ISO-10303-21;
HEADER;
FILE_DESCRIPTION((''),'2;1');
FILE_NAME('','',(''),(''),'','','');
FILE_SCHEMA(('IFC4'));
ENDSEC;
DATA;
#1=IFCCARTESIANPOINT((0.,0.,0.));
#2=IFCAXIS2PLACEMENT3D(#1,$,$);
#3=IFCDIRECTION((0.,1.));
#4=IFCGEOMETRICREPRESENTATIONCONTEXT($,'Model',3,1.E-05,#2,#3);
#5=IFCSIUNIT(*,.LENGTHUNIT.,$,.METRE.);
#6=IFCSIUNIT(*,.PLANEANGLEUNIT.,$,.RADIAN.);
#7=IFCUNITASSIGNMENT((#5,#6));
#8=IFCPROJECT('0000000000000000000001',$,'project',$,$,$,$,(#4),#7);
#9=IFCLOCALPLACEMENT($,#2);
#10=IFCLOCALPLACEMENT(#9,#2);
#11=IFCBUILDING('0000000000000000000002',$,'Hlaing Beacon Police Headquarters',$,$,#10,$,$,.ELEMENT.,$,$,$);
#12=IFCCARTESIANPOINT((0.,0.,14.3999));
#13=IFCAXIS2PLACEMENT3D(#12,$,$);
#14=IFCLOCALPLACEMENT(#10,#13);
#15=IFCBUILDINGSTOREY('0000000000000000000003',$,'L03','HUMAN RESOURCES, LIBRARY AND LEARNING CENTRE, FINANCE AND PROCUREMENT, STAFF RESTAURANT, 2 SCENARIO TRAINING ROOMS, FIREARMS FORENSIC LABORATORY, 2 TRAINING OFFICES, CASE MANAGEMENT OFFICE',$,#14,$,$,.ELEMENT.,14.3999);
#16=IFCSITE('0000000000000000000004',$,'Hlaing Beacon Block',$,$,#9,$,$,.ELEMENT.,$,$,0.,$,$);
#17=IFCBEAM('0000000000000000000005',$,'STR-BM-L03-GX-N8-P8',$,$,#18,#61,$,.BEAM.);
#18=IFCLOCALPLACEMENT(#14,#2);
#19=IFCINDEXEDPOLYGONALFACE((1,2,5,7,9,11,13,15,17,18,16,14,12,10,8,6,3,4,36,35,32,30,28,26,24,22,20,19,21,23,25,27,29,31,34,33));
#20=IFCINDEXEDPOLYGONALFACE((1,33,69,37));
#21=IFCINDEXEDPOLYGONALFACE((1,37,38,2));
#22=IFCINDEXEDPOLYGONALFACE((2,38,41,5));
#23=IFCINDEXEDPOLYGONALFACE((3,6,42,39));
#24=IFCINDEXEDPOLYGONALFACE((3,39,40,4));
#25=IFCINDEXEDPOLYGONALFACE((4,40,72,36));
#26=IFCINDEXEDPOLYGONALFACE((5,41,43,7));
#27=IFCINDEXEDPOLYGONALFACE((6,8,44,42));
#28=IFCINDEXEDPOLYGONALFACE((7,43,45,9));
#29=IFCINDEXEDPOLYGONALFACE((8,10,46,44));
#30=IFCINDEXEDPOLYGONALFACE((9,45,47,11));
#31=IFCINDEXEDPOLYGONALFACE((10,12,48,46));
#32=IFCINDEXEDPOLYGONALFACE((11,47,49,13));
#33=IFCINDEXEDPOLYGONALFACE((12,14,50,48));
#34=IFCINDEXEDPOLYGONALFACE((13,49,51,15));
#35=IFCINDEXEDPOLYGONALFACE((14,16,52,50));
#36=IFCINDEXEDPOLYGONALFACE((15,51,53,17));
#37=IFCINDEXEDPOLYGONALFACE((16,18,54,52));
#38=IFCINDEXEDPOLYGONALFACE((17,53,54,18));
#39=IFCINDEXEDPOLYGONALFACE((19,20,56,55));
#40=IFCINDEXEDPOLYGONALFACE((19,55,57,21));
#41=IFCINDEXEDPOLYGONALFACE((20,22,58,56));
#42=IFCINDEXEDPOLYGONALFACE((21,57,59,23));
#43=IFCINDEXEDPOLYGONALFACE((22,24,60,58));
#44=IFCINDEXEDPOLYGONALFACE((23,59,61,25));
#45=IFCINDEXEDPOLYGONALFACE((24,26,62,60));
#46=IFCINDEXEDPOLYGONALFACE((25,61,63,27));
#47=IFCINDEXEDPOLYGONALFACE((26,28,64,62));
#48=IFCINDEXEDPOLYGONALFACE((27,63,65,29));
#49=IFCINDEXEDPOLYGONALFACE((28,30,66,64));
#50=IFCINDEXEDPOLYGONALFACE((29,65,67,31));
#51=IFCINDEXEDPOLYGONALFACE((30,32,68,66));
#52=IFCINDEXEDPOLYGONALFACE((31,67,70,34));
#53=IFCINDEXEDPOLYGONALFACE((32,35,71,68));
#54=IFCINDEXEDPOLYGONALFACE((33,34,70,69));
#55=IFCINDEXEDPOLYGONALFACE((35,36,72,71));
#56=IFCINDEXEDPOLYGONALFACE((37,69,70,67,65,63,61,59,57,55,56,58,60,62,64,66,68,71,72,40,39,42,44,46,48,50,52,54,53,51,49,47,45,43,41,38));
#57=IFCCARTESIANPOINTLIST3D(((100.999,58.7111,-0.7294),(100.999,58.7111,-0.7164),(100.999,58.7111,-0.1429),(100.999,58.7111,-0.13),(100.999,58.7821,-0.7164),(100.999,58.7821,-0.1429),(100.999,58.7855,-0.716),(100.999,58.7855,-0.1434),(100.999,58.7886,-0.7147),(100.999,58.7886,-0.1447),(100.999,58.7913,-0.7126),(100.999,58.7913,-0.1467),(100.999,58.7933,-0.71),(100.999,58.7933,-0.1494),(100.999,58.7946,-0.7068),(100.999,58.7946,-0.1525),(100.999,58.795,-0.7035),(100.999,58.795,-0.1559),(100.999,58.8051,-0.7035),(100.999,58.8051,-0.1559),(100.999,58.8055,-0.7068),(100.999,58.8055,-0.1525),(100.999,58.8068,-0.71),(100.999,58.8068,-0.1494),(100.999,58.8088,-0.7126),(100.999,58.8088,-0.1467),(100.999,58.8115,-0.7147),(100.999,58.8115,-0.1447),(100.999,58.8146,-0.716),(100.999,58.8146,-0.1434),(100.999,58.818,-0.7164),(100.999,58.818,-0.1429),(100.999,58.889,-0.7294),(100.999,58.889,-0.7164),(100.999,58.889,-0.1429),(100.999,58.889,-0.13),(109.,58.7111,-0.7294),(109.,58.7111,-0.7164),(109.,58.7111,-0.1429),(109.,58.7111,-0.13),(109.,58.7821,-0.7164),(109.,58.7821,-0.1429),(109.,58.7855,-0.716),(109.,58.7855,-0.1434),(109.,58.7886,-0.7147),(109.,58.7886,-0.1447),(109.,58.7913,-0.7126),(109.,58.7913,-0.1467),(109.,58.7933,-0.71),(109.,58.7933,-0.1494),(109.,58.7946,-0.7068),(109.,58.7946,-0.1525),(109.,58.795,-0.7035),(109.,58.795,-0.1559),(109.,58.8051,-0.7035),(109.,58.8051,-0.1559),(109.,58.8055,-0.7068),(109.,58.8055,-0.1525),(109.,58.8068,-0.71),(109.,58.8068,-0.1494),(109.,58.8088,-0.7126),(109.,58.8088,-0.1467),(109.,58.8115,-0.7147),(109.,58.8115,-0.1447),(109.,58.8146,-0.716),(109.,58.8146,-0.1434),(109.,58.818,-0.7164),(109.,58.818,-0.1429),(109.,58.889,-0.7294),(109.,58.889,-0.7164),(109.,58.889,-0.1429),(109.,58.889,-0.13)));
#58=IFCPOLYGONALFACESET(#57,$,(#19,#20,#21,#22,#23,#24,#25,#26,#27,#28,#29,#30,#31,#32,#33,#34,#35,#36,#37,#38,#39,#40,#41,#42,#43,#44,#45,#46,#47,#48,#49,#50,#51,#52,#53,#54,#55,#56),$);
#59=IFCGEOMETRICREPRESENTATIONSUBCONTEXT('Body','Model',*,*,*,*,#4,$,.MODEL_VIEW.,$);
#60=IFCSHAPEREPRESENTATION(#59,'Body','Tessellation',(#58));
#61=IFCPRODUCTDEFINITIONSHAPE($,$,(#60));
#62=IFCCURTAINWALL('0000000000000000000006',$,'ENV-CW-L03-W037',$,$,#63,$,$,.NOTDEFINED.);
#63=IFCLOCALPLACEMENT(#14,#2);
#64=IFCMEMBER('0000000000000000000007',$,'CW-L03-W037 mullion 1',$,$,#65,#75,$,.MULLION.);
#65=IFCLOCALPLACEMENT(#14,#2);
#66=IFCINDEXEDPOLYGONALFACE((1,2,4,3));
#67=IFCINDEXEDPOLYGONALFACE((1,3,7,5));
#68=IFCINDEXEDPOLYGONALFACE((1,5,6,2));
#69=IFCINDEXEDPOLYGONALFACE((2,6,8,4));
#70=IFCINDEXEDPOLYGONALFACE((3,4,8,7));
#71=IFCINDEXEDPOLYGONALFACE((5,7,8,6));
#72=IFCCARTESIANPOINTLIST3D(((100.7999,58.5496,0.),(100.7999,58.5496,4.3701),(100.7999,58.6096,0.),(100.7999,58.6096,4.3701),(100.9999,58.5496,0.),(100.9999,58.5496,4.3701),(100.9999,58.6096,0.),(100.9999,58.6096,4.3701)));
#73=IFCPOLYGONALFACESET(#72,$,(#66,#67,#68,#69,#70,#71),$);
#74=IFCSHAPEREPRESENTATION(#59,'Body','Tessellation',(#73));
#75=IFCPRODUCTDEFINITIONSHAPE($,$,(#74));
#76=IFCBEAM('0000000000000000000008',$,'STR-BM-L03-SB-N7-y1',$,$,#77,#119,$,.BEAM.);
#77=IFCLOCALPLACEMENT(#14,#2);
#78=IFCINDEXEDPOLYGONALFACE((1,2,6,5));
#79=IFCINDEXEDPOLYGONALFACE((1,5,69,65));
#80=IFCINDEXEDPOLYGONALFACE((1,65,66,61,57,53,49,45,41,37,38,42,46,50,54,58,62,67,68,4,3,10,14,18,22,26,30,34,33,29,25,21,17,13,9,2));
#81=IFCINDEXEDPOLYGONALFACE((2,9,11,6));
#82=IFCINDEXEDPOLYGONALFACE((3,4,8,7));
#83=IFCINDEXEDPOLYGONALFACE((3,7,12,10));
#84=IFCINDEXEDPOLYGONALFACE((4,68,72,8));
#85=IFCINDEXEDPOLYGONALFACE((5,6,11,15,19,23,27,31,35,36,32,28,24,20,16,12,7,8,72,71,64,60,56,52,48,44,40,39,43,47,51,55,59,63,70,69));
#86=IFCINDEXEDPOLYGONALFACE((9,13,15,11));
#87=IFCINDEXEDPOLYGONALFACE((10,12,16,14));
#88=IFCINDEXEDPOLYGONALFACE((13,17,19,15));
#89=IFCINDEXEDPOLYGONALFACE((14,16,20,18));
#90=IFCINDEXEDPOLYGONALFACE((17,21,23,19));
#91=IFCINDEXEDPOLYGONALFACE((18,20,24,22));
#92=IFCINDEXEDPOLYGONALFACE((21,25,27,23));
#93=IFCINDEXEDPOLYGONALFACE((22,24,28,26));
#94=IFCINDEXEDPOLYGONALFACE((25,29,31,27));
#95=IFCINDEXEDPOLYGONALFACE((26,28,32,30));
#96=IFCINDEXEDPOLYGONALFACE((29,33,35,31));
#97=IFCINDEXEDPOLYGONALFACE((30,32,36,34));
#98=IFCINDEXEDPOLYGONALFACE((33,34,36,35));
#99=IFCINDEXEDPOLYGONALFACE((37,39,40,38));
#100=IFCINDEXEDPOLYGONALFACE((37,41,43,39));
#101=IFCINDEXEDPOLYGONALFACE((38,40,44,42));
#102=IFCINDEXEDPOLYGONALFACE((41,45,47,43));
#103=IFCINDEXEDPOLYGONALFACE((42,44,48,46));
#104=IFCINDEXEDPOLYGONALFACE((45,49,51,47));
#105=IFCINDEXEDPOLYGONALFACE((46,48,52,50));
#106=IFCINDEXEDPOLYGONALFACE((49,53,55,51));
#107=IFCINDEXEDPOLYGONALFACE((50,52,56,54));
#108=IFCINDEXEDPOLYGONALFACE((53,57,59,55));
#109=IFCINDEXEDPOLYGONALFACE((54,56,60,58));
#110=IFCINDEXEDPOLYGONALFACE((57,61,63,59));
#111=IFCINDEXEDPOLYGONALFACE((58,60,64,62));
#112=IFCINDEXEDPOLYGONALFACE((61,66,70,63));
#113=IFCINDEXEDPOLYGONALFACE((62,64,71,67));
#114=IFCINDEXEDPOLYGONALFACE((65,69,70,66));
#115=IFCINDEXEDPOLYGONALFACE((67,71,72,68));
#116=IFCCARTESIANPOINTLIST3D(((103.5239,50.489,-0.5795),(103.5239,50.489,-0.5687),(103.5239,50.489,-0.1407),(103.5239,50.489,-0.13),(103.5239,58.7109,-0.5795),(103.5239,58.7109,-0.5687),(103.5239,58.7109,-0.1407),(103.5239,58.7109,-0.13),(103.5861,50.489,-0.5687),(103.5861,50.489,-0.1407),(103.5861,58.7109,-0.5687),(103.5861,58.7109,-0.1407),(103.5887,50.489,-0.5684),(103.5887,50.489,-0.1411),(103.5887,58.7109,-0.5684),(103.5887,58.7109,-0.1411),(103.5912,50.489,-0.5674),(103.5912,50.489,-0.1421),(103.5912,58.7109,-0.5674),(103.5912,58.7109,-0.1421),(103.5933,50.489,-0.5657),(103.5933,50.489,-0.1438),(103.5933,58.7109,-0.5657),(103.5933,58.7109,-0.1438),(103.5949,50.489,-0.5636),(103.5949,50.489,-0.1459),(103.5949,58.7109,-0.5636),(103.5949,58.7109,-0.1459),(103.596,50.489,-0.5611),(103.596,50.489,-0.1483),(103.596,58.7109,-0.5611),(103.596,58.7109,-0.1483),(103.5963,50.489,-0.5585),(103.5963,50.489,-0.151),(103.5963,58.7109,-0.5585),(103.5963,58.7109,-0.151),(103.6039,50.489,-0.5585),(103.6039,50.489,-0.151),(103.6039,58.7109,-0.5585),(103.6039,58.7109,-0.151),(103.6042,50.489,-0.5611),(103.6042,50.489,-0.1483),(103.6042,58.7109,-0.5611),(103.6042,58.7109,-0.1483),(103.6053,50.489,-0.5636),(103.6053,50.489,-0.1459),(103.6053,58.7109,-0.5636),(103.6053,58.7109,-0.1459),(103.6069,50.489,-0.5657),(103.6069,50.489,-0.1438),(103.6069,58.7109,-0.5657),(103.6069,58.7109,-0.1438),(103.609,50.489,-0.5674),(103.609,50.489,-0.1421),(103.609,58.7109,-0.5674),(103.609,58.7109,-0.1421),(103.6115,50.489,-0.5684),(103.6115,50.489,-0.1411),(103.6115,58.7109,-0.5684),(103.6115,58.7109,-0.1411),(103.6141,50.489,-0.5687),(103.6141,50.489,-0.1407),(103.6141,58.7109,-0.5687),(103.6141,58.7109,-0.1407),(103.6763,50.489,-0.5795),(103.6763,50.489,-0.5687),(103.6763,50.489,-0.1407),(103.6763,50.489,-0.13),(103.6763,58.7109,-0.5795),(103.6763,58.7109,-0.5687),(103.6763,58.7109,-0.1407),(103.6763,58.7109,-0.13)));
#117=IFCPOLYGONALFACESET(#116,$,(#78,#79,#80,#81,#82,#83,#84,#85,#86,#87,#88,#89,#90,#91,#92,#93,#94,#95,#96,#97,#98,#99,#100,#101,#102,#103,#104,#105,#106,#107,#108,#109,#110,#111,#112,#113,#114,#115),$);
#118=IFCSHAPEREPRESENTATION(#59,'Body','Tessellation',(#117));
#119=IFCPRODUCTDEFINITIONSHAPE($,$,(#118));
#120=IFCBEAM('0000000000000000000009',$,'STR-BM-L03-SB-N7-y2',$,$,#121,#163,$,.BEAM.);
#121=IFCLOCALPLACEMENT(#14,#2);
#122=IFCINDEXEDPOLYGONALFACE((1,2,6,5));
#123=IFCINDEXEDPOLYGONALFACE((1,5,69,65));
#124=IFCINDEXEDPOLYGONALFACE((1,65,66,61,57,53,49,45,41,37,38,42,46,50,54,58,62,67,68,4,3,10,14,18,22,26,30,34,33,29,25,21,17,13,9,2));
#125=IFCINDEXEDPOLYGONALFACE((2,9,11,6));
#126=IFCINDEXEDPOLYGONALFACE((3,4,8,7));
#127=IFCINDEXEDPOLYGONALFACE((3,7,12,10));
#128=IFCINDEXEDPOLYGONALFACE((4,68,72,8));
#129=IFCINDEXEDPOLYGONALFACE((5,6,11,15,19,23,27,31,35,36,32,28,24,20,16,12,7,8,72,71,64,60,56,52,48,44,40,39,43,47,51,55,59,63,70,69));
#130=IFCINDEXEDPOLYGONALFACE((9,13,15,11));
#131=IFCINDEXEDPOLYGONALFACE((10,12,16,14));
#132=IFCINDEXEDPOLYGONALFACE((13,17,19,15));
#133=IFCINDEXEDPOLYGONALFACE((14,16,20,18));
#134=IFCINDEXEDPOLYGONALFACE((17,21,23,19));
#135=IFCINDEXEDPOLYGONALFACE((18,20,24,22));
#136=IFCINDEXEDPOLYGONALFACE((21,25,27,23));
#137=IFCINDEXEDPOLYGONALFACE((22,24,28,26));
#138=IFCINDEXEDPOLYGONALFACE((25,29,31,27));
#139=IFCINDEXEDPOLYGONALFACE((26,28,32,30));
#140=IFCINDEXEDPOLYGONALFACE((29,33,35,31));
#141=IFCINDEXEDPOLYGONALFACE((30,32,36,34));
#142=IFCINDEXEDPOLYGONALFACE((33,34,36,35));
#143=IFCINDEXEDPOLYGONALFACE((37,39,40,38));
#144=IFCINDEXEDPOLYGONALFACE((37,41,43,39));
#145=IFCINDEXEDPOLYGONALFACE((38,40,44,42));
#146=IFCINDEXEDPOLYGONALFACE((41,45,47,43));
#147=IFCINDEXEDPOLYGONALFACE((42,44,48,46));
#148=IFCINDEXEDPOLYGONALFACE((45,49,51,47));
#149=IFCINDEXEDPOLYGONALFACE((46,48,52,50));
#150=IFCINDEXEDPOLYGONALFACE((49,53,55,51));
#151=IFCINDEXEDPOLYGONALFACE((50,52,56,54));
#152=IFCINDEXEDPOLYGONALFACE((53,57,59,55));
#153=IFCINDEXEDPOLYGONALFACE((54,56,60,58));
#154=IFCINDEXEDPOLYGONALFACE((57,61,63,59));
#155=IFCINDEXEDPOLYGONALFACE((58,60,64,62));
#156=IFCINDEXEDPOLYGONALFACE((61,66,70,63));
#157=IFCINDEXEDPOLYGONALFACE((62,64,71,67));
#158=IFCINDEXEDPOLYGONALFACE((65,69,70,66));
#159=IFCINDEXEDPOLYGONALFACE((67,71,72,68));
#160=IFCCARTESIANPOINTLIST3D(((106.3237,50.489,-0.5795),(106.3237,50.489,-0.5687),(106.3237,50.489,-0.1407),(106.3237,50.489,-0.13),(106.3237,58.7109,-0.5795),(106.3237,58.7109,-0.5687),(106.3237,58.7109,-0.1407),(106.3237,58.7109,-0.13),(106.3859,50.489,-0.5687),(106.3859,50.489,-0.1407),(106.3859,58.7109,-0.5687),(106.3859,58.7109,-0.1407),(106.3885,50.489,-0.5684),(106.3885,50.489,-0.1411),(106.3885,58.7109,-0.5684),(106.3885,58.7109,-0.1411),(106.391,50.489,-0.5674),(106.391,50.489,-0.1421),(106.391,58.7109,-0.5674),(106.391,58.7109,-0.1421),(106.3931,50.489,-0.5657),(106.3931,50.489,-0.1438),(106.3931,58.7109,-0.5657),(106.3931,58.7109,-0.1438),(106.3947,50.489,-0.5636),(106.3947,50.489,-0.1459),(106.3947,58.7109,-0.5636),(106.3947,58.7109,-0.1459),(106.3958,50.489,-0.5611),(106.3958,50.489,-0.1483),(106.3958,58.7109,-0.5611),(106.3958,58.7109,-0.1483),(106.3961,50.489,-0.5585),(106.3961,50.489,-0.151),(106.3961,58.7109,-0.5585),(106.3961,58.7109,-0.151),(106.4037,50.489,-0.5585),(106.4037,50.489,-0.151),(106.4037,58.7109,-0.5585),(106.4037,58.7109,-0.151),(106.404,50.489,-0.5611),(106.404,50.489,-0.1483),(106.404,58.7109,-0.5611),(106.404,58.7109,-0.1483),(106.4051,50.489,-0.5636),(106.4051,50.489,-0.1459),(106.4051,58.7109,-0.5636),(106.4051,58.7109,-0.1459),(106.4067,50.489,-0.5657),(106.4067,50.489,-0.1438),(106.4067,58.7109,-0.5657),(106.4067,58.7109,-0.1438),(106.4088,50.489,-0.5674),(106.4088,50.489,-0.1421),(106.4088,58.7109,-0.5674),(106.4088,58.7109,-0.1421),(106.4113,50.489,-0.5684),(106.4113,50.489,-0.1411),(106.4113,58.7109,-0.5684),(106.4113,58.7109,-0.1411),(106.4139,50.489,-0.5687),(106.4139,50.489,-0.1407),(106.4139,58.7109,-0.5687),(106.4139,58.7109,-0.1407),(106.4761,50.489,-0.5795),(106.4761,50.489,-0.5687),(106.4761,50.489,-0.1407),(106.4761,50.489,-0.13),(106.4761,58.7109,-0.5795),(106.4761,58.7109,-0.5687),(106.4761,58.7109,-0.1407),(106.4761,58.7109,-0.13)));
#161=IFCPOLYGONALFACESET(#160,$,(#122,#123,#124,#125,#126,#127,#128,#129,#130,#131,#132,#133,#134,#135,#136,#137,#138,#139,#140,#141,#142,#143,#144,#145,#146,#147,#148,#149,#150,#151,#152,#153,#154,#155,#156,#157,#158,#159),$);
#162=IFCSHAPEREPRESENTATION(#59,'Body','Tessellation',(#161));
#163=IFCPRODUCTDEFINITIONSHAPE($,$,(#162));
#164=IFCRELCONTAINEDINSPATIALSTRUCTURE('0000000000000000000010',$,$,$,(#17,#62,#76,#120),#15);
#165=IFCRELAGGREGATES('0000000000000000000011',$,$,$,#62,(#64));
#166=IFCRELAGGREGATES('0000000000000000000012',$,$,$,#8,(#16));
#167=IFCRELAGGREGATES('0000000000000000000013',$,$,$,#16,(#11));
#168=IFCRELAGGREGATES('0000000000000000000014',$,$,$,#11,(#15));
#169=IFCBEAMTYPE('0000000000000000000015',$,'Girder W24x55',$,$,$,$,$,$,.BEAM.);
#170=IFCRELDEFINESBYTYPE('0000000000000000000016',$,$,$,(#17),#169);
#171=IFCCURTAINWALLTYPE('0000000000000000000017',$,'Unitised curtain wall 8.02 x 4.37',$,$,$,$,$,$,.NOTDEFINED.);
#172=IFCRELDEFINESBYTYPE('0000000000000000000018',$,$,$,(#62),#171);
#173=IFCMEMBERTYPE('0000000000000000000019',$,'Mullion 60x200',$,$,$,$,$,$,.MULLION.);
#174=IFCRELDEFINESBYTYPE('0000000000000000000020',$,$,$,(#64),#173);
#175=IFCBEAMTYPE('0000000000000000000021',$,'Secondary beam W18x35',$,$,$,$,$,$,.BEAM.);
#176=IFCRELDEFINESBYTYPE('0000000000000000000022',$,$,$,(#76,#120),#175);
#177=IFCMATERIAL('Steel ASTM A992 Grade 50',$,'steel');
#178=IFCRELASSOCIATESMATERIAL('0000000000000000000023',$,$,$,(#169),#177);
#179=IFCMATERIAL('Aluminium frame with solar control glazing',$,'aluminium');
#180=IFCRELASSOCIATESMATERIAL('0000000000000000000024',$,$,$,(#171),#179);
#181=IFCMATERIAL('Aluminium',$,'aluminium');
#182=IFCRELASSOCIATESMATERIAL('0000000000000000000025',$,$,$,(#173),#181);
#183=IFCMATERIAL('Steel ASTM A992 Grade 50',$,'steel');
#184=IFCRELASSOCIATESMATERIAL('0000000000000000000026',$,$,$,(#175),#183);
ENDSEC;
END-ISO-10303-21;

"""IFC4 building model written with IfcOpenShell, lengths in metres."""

from ifc_helpers import new_model, si_unit, direction, frame, origin, origin_2d, place, context, subcontext, project, spatial, rectangle, i_section, extrude, material, material_profile, profile_set, type_object, element, aggregate, save


model = new_model("IFC4")

# Units and contexts
model_context = context("Model", 3, precision=1e-05, world=origin(), true_north=direction((0.0, 1.0)))
body_context = subcontext(model_context, "Body", "Model", "MODEL_VIEW")
ifc_project = project(units=[si_unit("LENGTHUNIT", "METRE"), si_unit("PLANEANGLEUNIT", "RADIAN")], contexts=[model_context])

# Site, building, storey
site_placement = place(None, origin())
site = spatial("IfcSite", under=ifc_project, at=site_placement, Name="Hlaing Beacon Block", CompositionType="ELEMENT", RefElevation=0.0)
building_placement = place(site_placement, origin())
building = spatial("IfcBuilding", under=site, at=building_placement, Name="Hlaing Beacon Police Headquarters", CompositionType="ELEMENT")
storey_placement = place(building_placement, frame((0.0, 0.0, 14.3999)))
storey = spatial("IfcBuildingStorey", under=building, at=storey_placement, Name="L03", Description="HUMAN RESOURCES, LIBRARY AND LEARNING CENTRE, FINANCE AND PROCUREMENT, STAFF RESTAURANT, 2 SCENARIO TRAINING ROOMS, FIREARMS FORENSIC LABORATORY, 2 TRAINING OFFICES, CASE MANAGEMENT OFFICE", CompositionType="ELEMENT", Elevation=14.3999)

# Beam
ifc_material_1 = material(Name="Steel ASTM A992 Grade 50", Category="steel")
ifc_material_profile_1 = material_profile(ifc_material_1, i_section(OverallWidth=0.178, OverallDepth=0.5994, WebThickness=0.01, FlangeThickness=0.0129, FilletRadius=0.0129, at=origin_2d()), Name="W24x55")
ifc_profile_set_1 = profile_set([ifc_material_profile_1], Name="Steel ASTM A992 Grade 50")
beam_type_1 = type_object("IfcBeamType", Name="Girder W24x55", PredefinedType="BEAM", material=ifc_profile_set_1)
beam_1_placement = place(storey_placement, frame((100.999, 58.8, -0.4297), z_axis=(1.0, 0.0, 0.0), x_axis=(0.0, 1.0, 0.0)))
element("IfcBeam", 1, at=beam_1_placement, inside=storey, type_object=beam_type_1, Name="STR-BM-L03-GX-N8-P8", PredefinedType="BEAM", context=body_context, shape_type="SweptSolid", body=[
    extrude(i_section(OverallWidth=0.178, OverallDepth=0.5994, WebThickness=0.01, FlangeThickness=0.0129, FilletRadius=0.0129, at=origin_2d()), origin(), (0.0, 0.0, 1.0), 8.001),
])

# Curtain wall, member
ifc_material_2 = material(Name="Aluminium frame with solar control glazing", Category="aluminium")
curtain_wall_type = type_object("IfcCurtainWallType", Name="Unitised curtain wall 8.02 x 4.37", PredefinedType="NOTDEFINED", material=ifc_material_2)
curtain_wall_placement = place(storey_placement, origin())
curtain_wall = element("IfcCurtainWall", 2, at=curtain_wall_placement, inside=storey, type_object=curtain_wall_type, Name="ENV-CW-L03-W037", PredefinedType="NOTDEFINED")
ifc_material_3 = material(Name="Aluminium", Category="aluminium")
ifc_material_profile_2 = material_profile(ifc_material_3, rectangle(XDim=0.2, YDim=0.0601, at=origin_2d()), Name="Mullion 60x200")
ifc_profile_set_2 = profile_set([ifc_material_profile_2], Name="Aluminium")
member_type_1 = type_object("IfcMemberType", Name="Mullion 60x200", PredefinedType="MULLION", material=ifc_profile_set_2)
member_1_placement = place(storey_placement, frame((100.8999, 58.5796, 0.0), z_axis=(0.0, 0.0, 1.0), x_axis=(1.0, 0.0, 0.0)))
member_1 = element("IfcMember", 3, at=member_1_placement, type_object=member_type_1, Name="CW-L03-W037 mullion 1", PredefinedType="MULLION", context=body_context, shape_type="SweptSolid", body=[
    extrude(rectangle(XDim=0.2, YDim=0.0601, at=origin_2d()), origin(), (0.0, 0.0, 1.0), 4.3701),
])

# Beams
ifc_material_4 = material(Name="Steel ASTM A992 Grade 50", Category="steel")
ifc_material_profile_3 = material_profile(ifc_material_4, i_section(OverallWidth=0.1523, OverallDepth=0.4495, WebThickness=0.0076, FlangeThickness=0.0107, FilletRadius=0.0103, at=origin_2d()), Name="W18x35")
ifc_profile_set_3 = profile_set([ifc_material_profile_3], Name="Steel ASTM A992 Grade 50")
beam_type_2 = type_object("IfcBeamType", Name="Secondary beam W18x35", PredefinedType="BEAM", material=ifc_profile_set_3)
for number, where, z_axis, x_axis, name in (
    (4, (103.6001, 50.489, -0.3547), (0.0, 1.0, 0.0), (-1.0, 0.0, 0.0), "STR-BM-L03-SB-N7-y1"),
    (5, (106.3999, 50.489, -0.3547), (0.0, 1.0, 0.0), (-1.0, 0.0, 0.0), "STR-BM-L03-SB-N7-y2"),
):
    element("IfcBeam", number, at=place(storey_placement, frame(where, z_axis=z_axis, x_axis=x_axis)), inside=storey, type_object=beam_type_2, Name=name, PredefinedType="BEAM", context=body_context, shape_type="SweptSolid", body=[
        extrude(i_section(OverallWidth=0.1523, OverallDepth=0.4495, WebThickness=0.0076, FlangeThickness=0.0107, FilletRadius=0.0103, at=origin_2d()), origin(), (0.0, 0.0, 1.0), 8.2219),
    ])

aggregate(curtain_wall, [member_1])

save(model, "model.ifc")
